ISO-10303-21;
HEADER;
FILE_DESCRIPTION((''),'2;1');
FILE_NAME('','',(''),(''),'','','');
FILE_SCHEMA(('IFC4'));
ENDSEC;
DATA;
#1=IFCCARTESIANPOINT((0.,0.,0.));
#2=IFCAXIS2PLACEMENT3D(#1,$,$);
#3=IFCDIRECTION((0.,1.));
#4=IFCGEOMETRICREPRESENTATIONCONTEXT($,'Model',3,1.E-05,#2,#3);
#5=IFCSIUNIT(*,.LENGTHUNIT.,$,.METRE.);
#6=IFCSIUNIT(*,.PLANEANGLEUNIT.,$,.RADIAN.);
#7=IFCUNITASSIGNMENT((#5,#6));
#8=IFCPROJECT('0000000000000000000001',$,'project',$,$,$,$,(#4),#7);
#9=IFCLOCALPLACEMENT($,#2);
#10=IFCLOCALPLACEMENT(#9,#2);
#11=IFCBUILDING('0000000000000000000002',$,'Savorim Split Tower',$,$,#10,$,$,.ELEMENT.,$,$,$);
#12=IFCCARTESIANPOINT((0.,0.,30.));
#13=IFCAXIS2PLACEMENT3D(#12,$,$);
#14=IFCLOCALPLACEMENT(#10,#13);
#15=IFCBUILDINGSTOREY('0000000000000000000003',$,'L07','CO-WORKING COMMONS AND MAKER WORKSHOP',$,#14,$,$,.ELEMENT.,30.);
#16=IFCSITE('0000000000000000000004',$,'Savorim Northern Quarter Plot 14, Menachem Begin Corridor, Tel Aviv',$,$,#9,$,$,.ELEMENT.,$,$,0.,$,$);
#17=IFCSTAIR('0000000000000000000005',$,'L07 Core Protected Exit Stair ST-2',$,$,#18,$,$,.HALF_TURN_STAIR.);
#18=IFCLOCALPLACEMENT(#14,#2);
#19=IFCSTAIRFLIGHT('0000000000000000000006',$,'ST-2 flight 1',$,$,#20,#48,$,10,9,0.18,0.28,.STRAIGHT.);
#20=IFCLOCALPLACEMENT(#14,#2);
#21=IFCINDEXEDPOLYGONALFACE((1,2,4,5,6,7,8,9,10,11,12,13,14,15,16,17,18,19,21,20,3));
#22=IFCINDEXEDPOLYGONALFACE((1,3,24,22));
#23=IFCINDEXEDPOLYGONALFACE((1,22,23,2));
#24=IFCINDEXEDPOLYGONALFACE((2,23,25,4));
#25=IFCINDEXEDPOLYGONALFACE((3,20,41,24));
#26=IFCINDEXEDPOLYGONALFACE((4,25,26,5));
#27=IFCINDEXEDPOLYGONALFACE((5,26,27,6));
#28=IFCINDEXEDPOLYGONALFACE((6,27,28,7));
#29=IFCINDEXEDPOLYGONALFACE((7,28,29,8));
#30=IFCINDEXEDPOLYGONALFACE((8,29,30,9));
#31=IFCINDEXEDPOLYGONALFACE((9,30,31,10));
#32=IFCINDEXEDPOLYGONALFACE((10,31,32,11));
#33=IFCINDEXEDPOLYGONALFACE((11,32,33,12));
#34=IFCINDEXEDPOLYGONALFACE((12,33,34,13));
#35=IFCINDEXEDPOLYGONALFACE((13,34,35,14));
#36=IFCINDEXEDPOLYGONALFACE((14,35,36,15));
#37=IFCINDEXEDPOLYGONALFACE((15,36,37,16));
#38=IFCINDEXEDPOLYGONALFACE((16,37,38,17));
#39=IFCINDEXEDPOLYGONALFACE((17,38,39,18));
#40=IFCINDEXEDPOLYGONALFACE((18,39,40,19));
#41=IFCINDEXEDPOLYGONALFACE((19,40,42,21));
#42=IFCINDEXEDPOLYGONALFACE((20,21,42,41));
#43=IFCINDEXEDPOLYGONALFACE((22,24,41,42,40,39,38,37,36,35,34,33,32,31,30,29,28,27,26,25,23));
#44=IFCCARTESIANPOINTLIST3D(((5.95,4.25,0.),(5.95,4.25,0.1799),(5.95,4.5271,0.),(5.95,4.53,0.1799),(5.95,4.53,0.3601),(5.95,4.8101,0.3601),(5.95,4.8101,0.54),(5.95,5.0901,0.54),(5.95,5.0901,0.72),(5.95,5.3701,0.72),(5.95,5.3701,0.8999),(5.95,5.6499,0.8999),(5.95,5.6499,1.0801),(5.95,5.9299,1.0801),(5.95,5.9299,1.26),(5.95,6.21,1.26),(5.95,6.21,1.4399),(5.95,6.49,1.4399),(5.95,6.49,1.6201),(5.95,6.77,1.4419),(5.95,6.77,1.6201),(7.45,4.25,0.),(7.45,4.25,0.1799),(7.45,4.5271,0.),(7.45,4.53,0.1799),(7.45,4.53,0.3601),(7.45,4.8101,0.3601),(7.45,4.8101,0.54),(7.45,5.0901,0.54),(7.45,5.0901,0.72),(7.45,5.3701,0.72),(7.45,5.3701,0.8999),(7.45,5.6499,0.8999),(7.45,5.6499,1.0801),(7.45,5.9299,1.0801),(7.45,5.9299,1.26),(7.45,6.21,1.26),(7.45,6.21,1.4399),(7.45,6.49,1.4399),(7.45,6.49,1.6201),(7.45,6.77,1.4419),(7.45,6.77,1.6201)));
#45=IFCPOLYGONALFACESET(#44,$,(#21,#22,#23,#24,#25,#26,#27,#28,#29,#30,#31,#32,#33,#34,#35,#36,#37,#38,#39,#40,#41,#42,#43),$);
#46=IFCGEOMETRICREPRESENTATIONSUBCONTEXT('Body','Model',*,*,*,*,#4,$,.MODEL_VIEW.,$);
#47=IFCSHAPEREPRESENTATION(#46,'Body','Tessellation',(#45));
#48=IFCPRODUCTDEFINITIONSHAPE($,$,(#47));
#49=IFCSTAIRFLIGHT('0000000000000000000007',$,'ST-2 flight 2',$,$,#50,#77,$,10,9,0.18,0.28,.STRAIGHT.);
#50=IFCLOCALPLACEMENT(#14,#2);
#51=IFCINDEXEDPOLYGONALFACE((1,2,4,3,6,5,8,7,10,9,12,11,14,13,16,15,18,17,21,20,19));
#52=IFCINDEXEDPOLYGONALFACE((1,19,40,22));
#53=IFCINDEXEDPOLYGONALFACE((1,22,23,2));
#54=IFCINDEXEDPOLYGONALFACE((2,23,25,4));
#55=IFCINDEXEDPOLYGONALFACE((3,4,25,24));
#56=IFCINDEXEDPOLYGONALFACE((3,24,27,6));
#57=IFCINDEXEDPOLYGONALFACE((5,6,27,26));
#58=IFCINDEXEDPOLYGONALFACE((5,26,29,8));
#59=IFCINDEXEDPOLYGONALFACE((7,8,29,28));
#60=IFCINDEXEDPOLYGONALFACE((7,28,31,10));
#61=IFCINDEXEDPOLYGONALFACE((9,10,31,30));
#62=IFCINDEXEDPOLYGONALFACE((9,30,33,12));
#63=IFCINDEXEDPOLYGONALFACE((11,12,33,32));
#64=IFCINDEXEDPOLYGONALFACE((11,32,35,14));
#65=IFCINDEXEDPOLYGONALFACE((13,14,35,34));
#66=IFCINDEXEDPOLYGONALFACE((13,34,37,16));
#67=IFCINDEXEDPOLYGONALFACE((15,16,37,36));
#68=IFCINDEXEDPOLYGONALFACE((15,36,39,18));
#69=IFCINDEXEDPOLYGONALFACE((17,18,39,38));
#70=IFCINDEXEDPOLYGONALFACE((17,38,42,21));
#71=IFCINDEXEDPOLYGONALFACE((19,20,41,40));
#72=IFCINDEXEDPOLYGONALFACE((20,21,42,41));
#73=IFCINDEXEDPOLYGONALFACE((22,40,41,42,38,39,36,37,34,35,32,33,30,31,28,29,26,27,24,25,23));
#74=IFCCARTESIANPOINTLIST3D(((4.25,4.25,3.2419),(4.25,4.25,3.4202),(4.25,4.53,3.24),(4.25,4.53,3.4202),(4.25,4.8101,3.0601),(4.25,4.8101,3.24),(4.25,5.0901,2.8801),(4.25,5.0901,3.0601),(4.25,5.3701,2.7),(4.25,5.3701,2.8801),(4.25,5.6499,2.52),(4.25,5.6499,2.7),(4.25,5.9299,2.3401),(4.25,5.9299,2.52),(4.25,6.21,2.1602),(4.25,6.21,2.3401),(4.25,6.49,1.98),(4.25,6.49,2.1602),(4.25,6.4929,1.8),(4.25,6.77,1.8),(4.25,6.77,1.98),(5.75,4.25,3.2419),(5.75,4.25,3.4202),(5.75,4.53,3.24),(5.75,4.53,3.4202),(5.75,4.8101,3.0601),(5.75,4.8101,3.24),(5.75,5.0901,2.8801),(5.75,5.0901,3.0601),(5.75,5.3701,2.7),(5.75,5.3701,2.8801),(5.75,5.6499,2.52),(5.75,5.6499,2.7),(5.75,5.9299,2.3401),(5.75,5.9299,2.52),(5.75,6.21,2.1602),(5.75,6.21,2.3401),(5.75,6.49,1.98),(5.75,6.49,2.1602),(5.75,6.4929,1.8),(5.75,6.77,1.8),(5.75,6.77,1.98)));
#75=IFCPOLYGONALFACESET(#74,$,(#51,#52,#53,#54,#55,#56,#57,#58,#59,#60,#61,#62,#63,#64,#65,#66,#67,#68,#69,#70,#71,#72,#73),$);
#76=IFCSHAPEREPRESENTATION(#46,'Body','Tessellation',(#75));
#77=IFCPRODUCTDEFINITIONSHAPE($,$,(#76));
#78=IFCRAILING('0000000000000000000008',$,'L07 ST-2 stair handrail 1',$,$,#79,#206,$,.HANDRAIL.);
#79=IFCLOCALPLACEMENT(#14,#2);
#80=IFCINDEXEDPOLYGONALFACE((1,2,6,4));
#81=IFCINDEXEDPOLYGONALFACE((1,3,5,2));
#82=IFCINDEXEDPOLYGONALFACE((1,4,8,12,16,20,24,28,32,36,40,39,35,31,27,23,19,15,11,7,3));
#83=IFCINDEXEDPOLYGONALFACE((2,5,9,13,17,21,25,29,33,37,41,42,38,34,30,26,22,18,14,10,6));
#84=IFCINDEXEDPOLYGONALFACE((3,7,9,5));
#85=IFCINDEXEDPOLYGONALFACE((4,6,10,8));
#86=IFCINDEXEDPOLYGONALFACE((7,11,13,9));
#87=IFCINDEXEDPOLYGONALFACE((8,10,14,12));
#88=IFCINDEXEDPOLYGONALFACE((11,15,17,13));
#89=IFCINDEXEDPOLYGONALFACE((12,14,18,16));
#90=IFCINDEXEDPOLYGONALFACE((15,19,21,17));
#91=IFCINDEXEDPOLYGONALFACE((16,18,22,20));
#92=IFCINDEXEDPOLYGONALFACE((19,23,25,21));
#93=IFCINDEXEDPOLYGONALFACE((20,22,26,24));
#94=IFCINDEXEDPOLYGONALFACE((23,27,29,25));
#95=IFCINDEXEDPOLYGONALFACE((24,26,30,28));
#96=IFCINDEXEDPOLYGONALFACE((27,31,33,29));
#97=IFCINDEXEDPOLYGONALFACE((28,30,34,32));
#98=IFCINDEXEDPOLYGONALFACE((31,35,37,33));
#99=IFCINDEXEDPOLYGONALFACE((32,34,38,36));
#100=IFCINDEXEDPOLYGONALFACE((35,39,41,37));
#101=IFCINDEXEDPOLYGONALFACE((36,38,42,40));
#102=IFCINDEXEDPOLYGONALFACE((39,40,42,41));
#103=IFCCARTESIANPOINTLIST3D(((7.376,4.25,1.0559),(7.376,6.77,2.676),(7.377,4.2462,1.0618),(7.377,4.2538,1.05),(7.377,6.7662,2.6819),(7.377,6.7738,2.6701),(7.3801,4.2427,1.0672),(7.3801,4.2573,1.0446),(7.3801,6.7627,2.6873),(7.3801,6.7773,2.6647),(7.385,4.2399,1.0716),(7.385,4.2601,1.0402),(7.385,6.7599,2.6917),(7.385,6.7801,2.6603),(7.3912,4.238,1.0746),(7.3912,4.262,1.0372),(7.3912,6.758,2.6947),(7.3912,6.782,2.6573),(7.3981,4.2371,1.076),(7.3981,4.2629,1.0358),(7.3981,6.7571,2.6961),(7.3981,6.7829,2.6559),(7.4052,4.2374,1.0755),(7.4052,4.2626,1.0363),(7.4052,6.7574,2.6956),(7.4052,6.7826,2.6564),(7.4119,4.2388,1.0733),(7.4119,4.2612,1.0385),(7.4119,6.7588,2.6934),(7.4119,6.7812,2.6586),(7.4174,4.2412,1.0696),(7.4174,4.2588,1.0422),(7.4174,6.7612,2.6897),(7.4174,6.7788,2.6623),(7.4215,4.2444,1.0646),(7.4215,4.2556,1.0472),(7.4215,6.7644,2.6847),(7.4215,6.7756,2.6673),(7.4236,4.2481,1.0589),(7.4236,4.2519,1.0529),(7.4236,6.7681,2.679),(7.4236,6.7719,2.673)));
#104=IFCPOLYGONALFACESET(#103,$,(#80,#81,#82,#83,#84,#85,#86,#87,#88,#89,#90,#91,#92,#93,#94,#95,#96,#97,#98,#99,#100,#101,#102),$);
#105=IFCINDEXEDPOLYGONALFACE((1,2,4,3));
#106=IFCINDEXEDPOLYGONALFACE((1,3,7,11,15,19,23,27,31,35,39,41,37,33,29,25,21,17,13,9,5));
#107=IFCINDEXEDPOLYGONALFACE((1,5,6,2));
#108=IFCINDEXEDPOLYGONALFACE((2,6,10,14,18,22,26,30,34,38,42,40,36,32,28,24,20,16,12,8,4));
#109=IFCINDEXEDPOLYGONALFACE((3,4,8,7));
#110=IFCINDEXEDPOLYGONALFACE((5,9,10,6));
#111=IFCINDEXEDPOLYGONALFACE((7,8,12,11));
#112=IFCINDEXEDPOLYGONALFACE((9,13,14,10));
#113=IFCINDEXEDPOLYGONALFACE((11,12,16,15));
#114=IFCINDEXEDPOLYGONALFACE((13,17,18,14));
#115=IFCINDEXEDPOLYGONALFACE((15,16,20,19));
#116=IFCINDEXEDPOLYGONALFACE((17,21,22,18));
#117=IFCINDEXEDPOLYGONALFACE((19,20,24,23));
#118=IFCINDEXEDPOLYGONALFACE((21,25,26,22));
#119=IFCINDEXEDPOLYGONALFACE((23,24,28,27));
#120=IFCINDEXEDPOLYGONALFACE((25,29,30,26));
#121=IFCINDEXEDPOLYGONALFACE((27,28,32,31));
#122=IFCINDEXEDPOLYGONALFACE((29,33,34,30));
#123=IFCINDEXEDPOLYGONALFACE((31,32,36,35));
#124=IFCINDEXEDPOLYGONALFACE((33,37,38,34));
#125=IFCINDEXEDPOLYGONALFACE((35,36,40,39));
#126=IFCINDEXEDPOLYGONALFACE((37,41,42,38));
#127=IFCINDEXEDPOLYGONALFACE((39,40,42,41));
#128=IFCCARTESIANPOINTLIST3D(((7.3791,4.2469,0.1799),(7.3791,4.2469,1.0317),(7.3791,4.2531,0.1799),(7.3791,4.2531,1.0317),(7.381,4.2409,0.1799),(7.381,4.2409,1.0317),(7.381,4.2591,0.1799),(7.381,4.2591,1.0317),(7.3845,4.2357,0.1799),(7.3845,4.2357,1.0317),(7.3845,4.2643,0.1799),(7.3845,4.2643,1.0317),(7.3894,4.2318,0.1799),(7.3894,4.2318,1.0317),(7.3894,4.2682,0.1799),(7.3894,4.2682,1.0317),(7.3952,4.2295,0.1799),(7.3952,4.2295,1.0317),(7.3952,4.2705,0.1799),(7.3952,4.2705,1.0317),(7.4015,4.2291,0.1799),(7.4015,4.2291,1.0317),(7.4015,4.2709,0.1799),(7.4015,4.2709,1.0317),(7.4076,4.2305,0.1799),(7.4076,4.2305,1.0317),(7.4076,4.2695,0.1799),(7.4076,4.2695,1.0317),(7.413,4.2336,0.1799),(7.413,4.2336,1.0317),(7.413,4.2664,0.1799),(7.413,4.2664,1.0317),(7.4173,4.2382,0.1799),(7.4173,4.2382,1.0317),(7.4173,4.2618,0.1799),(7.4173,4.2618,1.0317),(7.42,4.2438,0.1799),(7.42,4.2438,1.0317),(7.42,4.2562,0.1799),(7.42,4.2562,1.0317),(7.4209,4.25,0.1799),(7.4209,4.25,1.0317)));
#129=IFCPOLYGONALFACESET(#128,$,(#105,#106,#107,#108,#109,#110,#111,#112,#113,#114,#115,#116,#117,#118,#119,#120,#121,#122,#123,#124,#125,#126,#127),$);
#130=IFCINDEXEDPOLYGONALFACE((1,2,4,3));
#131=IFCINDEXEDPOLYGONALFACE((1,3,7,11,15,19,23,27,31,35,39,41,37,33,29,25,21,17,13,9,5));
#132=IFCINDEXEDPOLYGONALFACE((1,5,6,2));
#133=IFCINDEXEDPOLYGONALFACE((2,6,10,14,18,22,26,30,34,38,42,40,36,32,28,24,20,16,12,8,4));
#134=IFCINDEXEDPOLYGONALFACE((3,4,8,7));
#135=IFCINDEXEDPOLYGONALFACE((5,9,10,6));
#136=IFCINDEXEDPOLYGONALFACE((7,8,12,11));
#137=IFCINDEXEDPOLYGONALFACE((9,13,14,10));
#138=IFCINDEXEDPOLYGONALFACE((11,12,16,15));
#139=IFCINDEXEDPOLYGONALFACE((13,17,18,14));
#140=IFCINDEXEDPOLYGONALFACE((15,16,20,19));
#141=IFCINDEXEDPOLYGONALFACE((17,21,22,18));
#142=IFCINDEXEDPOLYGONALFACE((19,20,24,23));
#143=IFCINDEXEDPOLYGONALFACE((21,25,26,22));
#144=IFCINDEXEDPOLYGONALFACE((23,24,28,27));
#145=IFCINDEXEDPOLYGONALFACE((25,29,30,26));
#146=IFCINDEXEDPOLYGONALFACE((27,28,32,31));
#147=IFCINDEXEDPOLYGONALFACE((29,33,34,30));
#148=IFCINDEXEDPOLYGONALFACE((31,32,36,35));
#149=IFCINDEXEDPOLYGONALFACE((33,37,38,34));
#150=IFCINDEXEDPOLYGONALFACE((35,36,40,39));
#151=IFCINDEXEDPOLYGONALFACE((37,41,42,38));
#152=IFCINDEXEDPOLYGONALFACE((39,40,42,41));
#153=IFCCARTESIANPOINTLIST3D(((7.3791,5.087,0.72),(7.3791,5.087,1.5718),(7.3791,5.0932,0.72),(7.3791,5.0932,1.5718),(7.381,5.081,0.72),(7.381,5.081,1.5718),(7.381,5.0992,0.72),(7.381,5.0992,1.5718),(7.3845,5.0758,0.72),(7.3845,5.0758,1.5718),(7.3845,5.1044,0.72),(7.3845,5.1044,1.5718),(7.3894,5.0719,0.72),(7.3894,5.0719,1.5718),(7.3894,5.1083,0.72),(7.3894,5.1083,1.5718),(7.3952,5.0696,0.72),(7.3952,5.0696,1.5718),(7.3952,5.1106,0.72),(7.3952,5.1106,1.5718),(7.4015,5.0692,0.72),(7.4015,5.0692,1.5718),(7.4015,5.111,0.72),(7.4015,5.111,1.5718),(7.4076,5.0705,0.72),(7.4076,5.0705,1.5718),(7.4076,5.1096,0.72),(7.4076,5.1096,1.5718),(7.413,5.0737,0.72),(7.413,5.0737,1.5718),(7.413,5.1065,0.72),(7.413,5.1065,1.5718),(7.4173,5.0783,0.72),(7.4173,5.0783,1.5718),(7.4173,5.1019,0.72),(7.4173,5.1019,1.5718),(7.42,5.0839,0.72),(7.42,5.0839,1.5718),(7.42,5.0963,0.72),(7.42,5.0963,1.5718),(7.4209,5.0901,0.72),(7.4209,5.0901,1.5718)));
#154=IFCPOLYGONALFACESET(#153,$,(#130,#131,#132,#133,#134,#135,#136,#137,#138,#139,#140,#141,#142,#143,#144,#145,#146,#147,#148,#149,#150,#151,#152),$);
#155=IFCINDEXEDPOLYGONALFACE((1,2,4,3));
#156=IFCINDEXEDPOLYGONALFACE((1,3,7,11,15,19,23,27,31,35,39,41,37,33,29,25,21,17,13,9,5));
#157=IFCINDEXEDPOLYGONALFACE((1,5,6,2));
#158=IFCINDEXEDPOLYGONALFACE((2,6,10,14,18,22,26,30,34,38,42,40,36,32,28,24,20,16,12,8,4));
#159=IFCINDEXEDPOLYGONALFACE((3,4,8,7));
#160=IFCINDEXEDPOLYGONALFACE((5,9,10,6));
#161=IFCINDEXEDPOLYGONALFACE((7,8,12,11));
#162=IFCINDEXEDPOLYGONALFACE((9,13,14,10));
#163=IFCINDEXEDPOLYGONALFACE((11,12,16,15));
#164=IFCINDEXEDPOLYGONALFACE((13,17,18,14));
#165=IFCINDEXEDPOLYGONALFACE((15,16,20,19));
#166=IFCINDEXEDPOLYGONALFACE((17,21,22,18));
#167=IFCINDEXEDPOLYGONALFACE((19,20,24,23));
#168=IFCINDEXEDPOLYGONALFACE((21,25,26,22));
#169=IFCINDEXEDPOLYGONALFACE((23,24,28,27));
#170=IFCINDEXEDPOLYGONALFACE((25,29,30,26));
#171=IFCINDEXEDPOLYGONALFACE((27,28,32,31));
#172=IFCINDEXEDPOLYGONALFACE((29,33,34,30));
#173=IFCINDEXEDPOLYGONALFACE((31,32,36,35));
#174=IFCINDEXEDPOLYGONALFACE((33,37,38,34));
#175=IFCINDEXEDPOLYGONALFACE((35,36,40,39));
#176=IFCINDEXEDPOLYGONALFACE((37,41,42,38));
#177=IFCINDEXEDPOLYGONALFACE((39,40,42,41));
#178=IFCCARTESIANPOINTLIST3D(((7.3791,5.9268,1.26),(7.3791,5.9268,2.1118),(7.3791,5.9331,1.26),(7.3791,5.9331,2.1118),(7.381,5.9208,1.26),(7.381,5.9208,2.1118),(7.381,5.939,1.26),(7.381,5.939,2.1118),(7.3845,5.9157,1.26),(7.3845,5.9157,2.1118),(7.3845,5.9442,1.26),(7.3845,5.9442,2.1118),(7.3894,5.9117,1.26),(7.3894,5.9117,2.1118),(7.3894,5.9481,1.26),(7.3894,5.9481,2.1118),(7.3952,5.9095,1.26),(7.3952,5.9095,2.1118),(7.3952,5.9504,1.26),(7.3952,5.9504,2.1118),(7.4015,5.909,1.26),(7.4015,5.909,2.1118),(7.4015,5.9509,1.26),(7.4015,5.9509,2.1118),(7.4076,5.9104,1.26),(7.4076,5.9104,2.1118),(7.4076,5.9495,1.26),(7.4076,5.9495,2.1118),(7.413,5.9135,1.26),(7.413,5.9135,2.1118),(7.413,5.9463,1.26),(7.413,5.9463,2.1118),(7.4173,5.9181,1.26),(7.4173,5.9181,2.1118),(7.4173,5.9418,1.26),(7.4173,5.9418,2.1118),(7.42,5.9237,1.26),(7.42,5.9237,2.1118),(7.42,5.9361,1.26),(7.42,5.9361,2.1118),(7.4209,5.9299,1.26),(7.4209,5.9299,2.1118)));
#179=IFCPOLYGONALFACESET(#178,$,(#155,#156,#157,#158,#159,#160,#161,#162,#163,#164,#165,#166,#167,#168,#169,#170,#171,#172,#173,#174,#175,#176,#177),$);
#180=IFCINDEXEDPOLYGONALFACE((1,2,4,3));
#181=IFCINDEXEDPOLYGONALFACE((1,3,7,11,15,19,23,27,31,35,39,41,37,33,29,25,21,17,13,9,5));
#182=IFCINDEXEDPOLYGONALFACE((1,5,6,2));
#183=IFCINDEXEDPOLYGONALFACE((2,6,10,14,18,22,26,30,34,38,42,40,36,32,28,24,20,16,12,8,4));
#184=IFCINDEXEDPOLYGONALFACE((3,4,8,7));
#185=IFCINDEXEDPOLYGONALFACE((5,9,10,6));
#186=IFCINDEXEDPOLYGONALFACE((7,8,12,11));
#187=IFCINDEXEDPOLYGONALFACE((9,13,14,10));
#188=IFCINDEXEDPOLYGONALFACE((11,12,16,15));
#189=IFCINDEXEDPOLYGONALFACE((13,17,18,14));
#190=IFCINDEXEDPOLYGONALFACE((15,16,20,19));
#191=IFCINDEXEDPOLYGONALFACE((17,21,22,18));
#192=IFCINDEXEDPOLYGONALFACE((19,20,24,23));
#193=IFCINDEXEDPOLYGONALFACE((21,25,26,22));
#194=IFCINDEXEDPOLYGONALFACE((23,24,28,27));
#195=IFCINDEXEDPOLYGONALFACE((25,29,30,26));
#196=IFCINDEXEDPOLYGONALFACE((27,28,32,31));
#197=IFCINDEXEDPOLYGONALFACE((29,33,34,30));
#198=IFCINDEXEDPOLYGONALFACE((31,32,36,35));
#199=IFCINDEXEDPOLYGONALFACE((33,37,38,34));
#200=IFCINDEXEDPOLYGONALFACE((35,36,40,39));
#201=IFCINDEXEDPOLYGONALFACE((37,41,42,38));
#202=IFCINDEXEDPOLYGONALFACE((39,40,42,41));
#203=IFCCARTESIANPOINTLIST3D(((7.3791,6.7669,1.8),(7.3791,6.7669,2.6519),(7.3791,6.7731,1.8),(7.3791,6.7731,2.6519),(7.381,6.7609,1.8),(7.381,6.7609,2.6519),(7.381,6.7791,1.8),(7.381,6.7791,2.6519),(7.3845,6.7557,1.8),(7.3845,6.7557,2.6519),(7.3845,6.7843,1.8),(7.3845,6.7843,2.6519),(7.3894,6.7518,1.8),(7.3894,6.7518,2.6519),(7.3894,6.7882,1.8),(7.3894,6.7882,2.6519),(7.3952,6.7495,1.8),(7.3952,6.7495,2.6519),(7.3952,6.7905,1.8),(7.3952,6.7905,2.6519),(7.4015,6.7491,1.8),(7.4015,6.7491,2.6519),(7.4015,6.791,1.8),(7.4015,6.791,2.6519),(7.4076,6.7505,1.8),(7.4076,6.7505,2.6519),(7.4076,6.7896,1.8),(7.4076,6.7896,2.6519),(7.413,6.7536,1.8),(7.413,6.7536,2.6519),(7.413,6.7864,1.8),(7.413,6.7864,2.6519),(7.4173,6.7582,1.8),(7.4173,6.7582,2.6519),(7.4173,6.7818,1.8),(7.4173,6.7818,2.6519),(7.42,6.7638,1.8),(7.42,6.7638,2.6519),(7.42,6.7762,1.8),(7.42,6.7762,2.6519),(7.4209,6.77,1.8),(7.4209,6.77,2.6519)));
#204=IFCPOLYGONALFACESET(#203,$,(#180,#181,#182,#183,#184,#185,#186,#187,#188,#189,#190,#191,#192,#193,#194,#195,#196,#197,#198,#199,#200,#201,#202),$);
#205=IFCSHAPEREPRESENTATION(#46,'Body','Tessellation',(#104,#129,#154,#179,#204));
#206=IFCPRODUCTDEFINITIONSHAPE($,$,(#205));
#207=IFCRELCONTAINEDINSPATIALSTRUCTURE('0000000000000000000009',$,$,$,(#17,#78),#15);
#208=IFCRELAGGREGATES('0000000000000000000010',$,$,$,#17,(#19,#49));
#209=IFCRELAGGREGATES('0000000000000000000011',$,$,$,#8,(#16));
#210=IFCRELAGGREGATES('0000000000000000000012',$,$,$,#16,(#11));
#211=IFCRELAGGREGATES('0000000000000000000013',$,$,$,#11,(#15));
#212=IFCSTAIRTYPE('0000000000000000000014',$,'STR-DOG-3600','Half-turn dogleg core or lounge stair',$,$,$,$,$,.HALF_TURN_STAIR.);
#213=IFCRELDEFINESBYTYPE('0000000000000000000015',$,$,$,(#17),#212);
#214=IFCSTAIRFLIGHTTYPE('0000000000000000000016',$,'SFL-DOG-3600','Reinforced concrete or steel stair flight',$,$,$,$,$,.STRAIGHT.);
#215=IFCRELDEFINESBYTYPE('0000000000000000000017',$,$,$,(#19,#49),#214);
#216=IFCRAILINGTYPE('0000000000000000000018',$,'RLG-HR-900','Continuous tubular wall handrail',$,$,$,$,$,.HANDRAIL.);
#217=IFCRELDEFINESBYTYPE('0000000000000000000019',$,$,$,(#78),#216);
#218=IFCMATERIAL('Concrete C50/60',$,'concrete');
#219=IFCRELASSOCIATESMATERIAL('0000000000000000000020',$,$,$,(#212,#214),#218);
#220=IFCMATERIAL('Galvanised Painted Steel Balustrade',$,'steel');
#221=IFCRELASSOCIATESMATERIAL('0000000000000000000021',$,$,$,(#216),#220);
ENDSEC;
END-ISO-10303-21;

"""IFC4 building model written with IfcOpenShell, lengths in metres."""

from ifc_helpers import new_model, si_unit, direction, frame, origin, origin_2d, place, context, subcontext, project, spatial, polyline, circle, outline, extrude, material, type_object, element, aggregate, save


model = new_model("IFC4")

# Units and contexts
model_context = context("Model", 3, precision=1e-05, world=origin(), true_north=direction((0.0, 1.0)))
body_context = subcontext(model_context, "Body", "Model", "MODEL_VIEW")
ifc_project = project(units=[si_unit("LENGTHUNIT", "METRE"), si_unit("PLANEANGLEUNIT", "RADIAN")], contexts=[model_context])

# Site, building, storey
site_placement = place(None, origin())
site = spatial("IfcSite", under=ifc_project, at=site_placement, Name="Savorim Northern Quarter Plot 14, Menachem Begin Corridor, Tel Aviv", CompositionType="ELEMENT", RefElevation=0.0)
building_placement = place(site_placement, origin())
building = spatial("IfcBuilding", under=site, at=building_placement, Name="Savorim Split Tower", CompositionType="ELEMENT")
storey_placement = place(building_placement, frame((0.0, 0.0, 30.0)))
storey = spatial("IfcBuildingStorey", under=building, at=storey_placement, Name="L07", Description="CO-WORKING COMMONS AND MAKER WORKSHOP", CompositionType="ELEMENT", Elevation=30.0)

# Shared definitions
ifc_material_1 = material(Name="Concrete C50/60", Category="concrete")

# Stair, stair flights
stair_type = type_object("IfcStairType", Name="STR-DOG-3600", Description="Half-turn dogleg core or lounge stair", PredefinedType="HALF_TURN_STAIR", material=ifc_material_1)
stair_placement = place(storey_placement, origin())
stair = element("IfcStair", 1, at=stair_placement, inside=storey, type_object=stair_type, Name="L07 Core Protected Exit Stair ST-2", PredefinedType="HALF_TURN_STAIR")
stair_flight_type = type_object("IfcStairFlightType", Name="SFL-DOG-3600", Description="Reinforced concrete or steel stair flight", PredefinedType="STRAIGHT", material=ifc_material_1)
stair_flight_1_placement = place(storey_placement, frame((6.7, 4.25, 0.0), z_axis=(0.0, 0.0, 1.0), x_axis=(0.0, 1.0, 0.0)))
stair_flight_1 = element("IfcStairFlight", 2, at=stair_flight_1_placement, type_object=stair_flight_type, Name="ST-2 flight 1", NumberOfRisers=10, NumberOfTreads=9, PredefinedType="STRAIGHT", RiserHeight=0.18, TreadLength=0.28, context=body_context, shape_type="SweptSolid", body=[
    extrude(outline(polyline([(0.0, 0.0), (0.0, 0.1799), (0.28, 0.1799), (0.28, 0.3601), (0.5601, 0.3601), (0.5601, 0.54), (0.8401, 0.54), (0.8401, 0.72), (1.1201, 0.72), (1.1201, 0.8999), (1.3999, 0.8999), (1.3999, 1.0801), (1.6799, 1.0801), (1.6799, 1.26), (1.96, 1.26), (1.96, 1.4399), (2.24, 1.4399), (2.24, 1.6201), (2.52, 1.6201), (2.52, 1.8), (2.52, 1.4419), (0.2771, 0.0), (0.0, 0.0)])), frame((0.0, 0.75, 0.0), z_axis=(0.0, -1.0, 0.0), x_axis=(1.0, 0.0, 0.0)), (0.0, 0.0, 1.0), 1.5),
])
stair_flight_2_placement = place(storey_placement, frame((5.0, 6.77, 1.8), z_axis=(0.0, 0.0, 1.0), x_axis=(0.0, -1.0, 0.0)))
stair_flight_2 = element("IfcStairFlight", 3, at=stair_flight_2_placement, type_object=stair_flight_type, Name="ST-2 flight 2", NumberOfRisers=10, NumberOfTreads=9, PredefinedType="STRAIGHT", RiserHeight=0.18, TreadLength=0.28, context=body_context, shape_type="SweptSolid", body=[
    extrude(outline(polyline([(0.0, 0.0), (0.0, 0.1799), (0.28, 0.1799), (0.28, 0.3601), (0.5601, 0.3601), (0.5601, 0.54), (0.8401, 0.54), (0.8401, 0.72), (1.1201, 0.72), (1.1201, 0.8999), (1.3999, 0.8999), (1.3999, 1.0801), (1.6799, 1.0801), (1.6799, 1.26), (1.96, 1.26), (1.96, 1.4399), (2.24, 1.4399), (2.24, 1.6201), (2.52, 1.6201), (2.52, 1.8), (2.52, 1.4419), (0.2771, 0.0), (0.0, 0.0)])), frame((0.0, 0.75, 0.0), z_axis=(0.0, -1.0, 0.0), x_axis=(1.0, 0.0, 0.0)), (0.0, 0.0, 1.0), 1.5),
])
aggregate(stair, [stair_flight_1, stair_flight_2])

# Railing
ifc_material_2 = material(Name="Galvanised Painted Steel Balustrade", Category="steel")
railing_type_1 = type_object("IfcRailingType", Name="RLG-HR-900", Description="Continuous tubular wall handrail", PredefinedType="HANDRAIL", material=ifc_material_2)
railing_1_placement = place(storey_placement, frame((7.3999, 4.25, 0.1799)))
element("IfcRailing", 4, at=railing_1_placement, inside=storey, type_object=railing_type_1, Name="L07 ST-2 stair handrail 1", PredefinedType="HANDRAIL", context=body_context, shape_type="SweptSolid", body=[
    extrude(circle(Radius=0.0239, at=origin_2d()), frame((0.0, 0.0, 0.876), z_axis=(0.0, 0.841163, 0.540782), x_axis=(-1.0, 0.0, 0.0)), (0.0, 0.0, 1.0), 2.9958),
    extrude(circle(Radius=0.021, at=origin_2d()), origin(), (0.0, 0.0, 1.0), 0.8518),
    extrude(circle(Radius=0.021, at=origin_2d()), frame((0.0, 0.8401, 0.54)), (0.0, 0.0, 1.0), 0.8518),
    extrude(circle(Radius=0.021, at=origin_2d()), frame((0.0, 1.6799, 1.0801)), (0.0, 0.0, 1.0), 0.8518),
    extrude(circle(Radius=0.021, at=origin_2d()), frame((0.0, 2.52, 1.6201)), (0.0, 0.0, 1.0), 0.8518),
])

save(model, "model.ifc")
